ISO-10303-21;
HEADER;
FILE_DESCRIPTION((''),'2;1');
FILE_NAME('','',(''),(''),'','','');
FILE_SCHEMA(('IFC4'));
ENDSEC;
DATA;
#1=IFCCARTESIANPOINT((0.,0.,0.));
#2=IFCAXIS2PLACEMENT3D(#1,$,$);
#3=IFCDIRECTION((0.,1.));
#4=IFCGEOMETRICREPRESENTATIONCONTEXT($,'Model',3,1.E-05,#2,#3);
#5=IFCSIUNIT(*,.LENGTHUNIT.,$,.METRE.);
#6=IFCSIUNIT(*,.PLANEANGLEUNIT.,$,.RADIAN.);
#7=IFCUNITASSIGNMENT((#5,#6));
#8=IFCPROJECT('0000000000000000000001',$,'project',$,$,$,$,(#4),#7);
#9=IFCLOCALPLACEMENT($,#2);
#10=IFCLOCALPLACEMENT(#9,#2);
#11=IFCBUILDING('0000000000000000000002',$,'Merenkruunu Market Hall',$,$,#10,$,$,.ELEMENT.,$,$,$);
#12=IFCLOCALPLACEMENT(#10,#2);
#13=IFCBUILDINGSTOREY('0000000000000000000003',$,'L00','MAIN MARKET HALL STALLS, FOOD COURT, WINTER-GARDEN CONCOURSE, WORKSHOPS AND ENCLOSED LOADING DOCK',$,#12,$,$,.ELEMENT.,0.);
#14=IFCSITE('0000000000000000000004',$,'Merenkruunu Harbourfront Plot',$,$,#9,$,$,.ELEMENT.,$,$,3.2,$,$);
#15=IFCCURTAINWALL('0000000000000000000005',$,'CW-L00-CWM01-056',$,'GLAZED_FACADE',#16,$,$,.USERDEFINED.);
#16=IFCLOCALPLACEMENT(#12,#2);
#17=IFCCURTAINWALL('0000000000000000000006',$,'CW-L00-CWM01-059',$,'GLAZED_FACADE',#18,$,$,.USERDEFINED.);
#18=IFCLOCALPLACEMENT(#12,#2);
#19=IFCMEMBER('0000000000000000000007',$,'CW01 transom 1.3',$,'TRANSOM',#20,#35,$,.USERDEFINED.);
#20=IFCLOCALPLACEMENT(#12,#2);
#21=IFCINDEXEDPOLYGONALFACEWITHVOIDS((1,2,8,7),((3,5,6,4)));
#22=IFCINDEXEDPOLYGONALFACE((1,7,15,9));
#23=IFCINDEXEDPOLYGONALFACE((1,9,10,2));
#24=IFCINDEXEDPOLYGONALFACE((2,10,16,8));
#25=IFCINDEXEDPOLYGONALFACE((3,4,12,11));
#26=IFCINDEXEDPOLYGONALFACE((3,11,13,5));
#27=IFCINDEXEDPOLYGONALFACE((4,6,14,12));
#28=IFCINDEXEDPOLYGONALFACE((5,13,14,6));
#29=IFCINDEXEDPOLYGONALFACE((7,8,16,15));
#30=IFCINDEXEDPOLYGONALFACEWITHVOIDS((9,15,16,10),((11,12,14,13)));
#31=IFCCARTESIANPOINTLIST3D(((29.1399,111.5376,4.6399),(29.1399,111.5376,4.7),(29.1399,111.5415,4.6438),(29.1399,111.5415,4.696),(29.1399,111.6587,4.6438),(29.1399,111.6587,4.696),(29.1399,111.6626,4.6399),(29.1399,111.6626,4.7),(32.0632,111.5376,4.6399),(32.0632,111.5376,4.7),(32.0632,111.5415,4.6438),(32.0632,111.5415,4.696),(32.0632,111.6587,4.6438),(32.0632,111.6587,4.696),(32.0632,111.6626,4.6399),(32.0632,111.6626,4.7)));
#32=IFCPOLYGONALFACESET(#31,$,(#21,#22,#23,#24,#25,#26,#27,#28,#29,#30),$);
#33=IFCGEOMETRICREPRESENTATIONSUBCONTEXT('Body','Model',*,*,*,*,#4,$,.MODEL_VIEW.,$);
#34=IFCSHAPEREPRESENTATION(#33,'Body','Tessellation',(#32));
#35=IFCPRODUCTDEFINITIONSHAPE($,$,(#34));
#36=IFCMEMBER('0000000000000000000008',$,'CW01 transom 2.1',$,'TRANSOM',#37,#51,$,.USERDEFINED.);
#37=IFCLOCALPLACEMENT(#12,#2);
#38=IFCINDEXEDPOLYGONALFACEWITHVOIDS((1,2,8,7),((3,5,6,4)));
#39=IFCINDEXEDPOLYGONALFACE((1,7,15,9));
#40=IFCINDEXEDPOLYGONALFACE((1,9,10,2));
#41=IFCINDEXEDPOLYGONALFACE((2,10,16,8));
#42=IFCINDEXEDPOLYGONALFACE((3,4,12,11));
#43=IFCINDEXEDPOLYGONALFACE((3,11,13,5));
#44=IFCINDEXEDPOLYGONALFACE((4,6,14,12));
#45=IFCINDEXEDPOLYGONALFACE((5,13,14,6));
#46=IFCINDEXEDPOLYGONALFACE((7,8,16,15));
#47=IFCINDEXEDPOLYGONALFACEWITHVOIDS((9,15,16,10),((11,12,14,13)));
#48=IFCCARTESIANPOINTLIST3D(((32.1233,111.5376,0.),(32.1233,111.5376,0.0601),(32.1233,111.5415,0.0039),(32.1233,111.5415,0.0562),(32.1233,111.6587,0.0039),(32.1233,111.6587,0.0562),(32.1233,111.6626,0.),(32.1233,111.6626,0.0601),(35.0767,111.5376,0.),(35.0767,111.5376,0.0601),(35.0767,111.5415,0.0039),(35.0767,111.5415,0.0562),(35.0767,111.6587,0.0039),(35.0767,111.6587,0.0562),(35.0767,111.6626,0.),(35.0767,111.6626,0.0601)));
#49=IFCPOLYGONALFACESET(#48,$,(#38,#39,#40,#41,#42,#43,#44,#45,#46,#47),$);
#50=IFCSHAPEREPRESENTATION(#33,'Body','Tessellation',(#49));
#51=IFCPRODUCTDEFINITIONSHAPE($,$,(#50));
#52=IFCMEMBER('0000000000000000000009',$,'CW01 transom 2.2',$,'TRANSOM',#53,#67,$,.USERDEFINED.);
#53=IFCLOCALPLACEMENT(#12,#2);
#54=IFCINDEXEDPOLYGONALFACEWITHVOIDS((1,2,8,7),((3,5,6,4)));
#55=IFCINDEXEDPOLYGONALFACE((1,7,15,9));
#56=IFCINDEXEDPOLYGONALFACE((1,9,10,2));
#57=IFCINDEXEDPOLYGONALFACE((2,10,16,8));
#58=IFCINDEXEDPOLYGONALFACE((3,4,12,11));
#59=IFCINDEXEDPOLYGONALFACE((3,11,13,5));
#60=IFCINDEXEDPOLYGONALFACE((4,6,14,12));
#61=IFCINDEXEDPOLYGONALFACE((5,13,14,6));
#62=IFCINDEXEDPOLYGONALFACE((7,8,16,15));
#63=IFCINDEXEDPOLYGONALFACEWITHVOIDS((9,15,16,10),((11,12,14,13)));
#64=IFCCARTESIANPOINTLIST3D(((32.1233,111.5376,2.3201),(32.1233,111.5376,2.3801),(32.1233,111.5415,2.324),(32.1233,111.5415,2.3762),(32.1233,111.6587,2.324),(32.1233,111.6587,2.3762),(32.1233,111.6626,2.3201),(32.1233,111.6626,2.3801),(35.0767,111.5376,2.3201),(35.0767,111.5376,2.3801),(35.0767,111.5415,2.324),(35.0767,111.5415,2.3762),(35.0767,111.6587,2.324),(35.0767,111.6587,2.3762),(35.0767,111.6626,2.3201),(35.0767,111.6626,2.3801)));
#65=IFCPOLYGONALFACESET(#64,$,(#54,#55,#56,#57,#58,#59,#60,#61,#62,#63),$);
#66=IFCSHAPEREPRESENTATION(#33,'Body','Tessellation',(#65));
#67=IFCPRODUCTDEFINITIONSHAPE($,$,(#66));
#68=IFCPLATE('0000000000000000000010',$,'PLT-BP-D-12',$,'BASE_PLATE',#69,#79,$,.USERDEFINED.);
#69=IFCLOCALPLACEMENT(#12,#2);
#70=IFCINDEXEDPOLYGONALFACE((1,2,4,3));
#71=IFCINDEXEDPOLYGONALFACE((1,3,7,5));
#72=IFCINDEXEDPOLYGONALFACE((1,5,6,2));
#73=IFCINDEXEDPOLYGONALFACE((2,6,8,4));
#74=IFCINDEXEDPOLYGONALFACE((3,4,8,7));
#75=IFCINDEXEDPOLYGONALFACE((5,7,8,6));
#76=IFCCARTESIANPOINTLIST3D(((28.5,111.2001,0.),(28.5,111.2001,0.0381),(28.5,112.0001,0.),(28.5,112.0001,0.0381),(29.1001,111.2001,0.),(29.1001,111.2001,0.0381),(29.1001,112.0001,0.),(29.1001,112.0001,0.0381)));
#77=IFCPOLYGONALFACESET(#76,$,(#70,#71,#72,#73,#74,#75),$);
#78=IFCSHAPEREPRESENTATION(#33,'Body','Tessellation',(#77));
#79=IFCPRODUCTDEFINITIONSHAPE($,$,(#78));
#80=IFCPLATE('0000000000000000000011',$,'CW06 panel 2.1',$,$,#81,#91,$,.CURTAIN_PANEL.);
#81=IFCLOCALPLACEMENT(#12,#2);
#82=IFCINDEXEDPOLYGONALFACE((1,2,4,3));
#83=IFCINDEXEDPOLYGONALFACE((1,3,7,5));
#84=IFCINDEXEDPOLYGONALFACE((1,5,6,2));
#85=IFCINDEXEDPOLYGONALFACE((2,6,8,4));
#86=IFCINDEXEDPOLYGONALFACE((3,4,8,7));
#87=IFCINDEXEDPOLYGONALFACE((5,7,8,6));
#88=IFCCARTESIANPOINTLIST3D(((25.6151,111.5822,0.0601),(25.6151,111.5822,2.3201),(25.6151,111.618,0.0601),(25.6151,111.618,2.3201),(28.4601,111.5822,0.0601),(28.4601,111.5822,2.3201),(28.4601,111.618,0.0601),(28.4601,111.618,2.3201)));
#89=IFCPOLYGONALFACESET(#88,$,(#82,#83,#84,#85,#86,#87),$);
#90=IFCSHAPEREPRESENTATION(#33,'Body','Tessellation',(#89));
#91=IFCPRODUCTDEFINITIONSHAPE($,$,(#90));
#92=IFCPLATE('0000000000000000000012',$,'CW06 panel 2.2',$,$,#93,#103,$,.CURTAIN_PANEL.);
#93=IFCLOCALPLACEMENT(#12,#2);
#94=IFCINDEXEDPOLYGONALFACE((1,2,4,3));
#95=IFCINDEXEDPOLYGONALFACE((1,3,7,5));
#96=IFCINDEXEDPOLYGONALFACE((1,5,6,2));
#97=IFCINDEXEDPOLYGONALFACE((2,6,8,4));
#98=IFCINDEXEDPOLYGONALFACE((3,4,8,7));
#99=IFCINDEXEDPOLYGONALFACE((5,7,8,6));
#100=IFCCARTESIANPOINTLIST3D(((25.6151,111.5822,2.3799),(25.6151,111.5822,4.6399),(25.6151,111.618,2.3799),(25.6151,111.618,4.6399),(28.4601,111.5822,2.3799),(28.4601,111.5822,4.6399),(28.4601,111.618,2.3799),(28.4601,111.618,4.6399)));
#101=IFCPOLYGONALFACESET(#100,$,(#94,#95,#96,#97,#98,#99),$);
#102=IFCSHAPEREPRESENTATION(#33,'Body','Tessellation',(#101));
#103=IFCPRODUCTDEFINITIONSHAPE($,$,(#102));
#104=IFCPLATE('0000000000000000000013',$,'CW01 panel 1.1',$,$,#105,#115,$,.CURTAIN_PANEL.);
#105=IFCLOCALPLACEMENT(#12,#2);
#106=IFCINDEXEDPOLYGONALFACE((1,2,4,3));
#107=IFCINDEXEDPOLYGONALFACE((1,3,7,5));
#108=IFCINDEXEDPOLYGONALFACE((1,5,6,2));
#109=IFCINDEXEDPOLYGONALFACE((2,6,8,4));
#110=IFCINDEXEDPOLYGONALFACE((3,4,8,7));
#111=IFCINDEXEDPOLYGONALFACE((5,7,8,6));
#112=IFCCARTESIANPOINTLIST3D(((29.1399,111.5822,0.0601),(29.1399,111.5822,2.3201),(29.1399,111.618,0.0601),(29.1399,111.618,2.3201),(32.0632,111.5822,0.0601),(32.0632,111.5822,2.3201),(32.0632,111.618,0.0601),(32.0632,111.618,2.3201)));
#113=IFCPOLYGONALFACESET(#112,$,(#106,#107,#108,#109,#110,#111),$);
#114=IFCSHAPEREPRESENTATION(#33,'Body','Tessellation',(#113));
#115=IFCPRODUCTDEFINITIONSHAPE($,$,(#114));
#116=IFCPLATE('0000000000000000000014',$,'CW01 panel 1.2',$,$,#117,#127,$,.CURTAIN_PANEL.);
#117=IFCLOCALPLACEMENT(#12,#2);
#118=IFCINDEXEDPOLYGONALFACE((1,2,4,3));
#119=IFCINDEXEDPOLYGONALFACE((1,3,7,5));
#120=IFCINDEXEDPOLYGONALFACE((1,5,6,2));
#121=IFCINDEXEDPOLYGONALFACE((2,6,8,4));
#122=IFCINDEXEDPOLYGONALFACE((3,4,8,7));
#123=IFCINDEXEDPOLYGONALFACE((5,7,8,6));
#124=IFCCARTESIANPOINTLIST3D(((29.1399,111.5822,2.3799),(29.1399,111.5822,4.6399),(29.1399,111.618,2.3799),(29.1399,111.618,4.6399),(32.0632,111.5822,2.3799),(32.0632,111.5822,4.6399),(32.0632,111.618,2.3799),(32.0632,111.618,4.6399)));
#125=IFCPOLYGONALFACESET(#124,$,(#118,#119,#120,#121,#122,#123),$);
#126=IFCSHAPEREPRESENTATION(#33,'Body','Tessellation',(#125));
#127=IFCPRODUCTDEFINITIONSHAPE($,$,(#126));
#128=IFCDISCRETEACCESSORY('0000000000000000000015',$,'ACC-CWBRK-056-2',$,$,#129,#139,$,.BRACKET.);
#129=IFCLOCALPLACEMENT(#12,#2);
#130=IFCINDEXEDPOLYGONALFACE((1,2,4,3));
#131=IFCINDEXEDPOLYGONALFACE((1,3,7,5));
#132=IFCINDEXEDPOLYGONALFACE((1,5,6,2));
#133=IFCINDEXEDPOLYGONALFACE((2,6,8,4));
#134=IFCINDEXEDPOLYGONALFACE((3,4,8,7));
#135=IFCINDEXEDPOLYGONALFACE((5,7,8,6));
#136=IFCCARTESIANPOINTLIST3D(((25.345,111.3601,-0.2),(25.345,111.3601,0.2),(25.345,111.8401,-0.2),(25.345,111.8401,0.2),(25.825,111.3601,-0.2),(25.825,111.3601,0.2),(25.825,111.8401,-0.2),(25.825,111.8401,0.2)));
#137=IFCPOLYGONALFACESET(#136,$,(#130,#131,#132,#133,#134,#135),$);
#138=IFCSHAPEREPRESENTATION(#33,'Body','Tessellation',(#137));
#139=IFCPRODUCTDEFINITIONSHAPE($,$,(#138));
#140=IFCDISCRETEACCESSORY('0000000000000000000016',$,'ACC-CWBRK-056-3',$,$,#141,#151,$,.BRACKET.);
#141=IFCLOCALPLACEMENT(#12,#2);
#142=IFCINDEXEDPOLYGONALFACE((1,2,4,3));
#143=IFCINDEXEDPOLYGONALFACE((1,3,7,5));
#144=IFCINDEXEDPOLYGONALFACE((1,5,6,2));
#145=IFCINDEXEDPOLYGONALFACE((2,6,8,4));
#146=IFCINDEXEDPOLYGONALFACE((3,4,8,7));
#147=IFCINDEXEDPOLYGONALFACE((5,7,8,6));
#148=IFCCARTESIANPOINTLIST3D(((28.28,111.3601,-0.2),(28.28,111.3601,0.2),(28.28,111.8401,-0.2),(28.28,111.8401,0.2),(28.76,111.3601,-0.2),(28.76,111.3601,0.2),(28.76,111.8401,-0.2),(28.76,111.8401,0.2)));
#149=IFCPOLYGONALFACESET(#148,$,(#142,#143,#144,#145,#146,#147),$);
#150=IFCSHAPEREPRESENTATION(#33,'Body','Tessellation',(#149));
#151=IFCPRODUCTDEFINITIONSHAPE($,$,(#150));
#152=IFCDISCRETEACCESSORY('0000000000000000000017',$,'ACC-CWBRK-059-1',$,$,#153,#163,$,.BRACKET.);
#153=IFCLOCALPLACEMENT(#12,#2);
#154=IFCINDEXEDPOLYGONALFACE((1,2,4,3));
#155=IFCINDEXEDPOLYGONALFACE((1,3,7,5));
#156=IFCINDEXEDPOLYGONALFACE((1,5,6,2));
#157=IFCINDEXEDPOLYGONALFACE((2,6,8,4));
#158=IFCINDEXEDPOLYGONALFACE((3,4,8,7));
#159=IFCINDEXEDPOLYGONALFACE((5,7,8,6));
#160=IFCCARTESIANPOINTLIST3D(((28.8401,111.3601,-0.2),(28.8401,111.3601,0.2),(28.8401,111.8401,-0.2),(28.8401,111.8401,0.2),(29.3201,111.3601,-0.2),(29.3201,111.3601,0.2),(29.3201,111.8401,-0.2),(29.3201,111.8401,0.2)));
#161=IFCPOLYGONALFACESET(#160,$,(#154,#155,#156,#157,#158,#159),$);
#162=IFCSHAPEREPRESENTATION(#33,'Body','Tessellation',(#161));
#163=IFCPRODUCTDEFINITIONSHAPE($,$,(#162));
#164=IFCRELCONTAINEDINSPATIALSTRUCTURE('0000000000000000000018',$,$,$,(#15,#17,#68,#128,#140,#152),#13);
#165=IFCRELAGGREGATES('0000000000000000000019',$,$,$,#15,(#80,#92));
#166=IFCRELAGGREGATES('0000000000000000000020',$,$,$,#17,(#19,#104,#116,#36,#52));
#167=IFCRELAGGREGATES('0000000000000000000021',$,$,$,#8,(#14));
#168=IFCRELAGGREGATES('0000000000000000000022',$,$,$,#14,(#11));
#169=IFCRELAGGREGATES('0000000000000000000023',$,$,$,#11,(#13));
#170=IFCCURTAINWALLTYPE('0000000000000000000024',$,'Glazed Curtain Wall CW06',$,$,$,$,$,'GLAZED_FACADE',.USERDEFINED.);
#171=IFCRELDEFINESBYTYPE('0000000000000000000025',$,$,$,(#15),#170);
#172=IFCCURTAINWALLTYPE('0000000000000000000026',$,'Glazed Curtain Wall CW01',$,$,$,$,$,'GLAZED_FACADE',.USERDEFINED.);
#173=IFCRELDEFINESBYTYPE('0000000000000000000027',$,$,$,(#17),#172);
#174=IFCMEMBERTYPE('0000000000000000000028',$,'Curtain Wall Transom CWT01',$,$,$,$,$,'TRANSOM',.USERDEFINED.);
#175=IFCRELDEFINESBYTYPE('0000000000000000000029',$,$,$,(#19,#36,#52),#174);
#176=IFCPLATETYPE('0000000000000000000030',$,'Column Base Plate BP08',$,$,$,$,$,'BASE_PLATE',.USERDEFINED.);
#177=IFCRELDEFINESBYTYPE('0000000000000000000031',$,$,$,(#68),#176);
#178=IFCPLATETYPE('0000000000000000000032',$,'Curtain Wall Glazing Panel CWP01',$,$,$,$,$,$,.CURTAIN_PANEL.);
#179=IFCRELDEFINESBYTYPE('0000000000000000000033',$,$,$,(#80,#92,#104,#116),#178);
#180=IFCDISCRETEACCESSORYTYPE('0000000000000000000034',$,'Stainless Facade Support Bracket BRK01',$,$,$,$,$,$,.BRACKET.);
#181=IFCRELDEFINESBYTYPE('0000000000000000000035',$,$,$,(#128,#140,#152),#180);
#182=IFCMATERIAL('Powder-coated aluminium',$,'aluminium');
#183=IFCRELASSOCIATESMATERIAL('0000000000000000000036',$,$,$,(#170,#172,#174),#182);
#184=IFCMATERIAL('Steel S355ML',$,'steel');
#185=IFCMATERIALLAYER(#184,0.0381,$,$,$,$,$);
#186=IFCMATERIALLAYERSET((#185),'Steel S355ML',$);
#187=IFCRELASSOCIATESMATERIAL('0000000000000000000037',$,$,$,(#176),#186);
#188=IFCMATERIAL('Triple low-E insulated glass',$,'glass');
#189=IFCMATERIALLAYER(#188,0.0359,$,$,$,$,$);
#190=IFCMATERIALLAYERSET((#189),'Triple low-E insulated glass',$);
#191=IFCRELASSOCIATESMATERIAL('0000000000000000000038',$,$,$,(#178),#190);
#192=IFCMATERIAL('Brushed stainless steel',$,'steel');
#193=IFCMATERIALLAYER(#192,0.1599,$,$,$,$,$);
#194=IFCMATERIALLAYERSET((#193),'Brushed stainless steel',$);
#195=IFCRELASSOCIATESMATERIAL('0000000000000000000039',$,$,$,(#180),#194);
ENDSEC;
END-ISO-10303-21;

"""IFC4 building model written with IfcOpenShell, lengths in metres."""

from ifc_helpers import new_model, si_unit, direction, frame, origin, origin_2d, place, context, subcontext, project, spatial, rectangle, hollow_rectangle, extrude, material, layer, layer_set, material_profile, profile_set, type_object, element, aggregate, save


model = new_model("IFC4")

# Units and contexts
model_context = context("Model", 3, precision=1e-05, world=origin(), true_north=direction((0.0, 1.0)))
body_context = subcontext(model_context, "Body", "Model", "MODEL_VIEW")
ifc_project = project(units=[si_unit("LENGTHUNIT", "METRE"), si_unit("PLANEANGLEUNIT", "RADIAN")], contexts=[model_context])

# Site, building, storey
site_placement = place(None, origin())
site = spatial("IfcSite", under=ifc_project, at=site_placement, Name="Merenkruunu Harbourfront Plot", CompositionType="ELEMENT", RefElevation=3.2)
building_placement = place(site_placement, origin())
building = spatial("IfcBuilding", under=site, at=building_placement, Name="Merenkruunu Market Hall", CompositionType="ELEMENT")
storey_placement = place(building_placement, origin())
storey = spatial("IfcBuildingStorey", under=building, at=storey_placement, Name="L00", Description="MAIN MARKET HALL STALLS, FOOD COURT, WINTER-GARDEN CONCOURSE, WORKSHOPS AND ENCLOSED LOADING DOCK", CompositionType="ELEMENT", Elevation=0.0)

# Curtain wall
ifc_material_1 = material(Name="Powder-coated aluminium", Category="aluminium")
curtain_wall_type_1 = type_object("IfcCurtainWallType", Name="Glazed Curtain Wall CW06", ElementType="GLAZED_FACADE", PredefinedType="USERDEFINED", material=ifc_material_1)
curtain_wall_1_placement = place(storey_placement, origin())
curtain_wall_1 = element("IfcCurtainWall", 1, at=curtain_wall_1_placement, inside=storey, type_object=curtain_wall_type_1, Name="CW-L00-CWM01-056", ObjectType="GLAZED_FACADE", PredefinedType="USERDEFINED")

# Curtain wall
curtain_wall_type_2 = type_object("IfcCurtainWallType", Name="Glazed Curtain Wall CW01", ElementType="GLAZED_FACADE", PredefinedType="USERDEFINED", material=ifc_material_1)
curtain_wall_2_placement = place(storey_placement, origin())
curtain_wall_2 = element("IfcCurtainWall", 2, at=curtain_wall_2_placement, inside=storey, type_object=curtain_wall_type_2, Name="CW-L00-CWM01-059", ObjectType="GLAZED_FACADE", PredefinedType="USERDEFINED")

# Members
ifc_material_profile_1 = material_profile(ifc_material_1, hollow_rectangle(XDim=0.0601, YDim=0.125, WallThickness=0.0039, at=origin_2d()), Name="ALU 60x125x4")
ifc_profile_set_1 = profile_set([ifc_material_profile_1], Name="Powder-coated aluminium")
member_type_1 = type_object("IfcMemberType", Name="Curtain Wall Transom CWT01", ElementType="TRANSOM", PredefinedType="USERDEFINED", material=ifc_profile_set_1)
member_1_placement = place(storey_placement, frame((29.1399, 111.6001, 4.6699), z_axis=(1.0, 0.0, 0.0), x_axis=(0.0, 0.0, 1.0)))
member_1 = element("IfcMember", 3, at=member_1_placement, type_object=member_type_1, Name="CW01 transom 1.3", ObjectType="TRANSOM", PredefinedType="USERDEFINED", context=body_context, shape_type="SweptSolid", body=[
    extrude(hollow_rectangle(XDim=0.0601, YDim=0.125, WallThickness=0.0039, at=origin_2d()), origin(), (0.0, 0.0, 1.0), 2.9233),
])
member_2_placement = place(storey_placement, frame((32.1233, 111.6001, 0.03), z_axis=(1.0, 0.0, 0.0), x_axis=(0.0, 0.0, 1.0)))
member_2 = element("IfcMember", 4, at=member_2_placement, type_object=member_type_1, Name="CW01 transom 2.1", ObjectType="TRANSOM", PredefinedType="USERDEFINED", context=body_context, shape_type="SweptSolid", body=[
    extrude(hollow_rectangle(XDim=0.0601, YDim=0.125, WallThickness=0.0039, at=origin_2d()), origin(), (0.0, 0.0, 1.0), 2.9534),
])
member_3_placement = place(storey_placement, frame((32.1233, 111.6001, 2.3501), z_axis=(1.0, 0.0, 0.0), x_axis=(0.0, 0.0, 1.0)))
member_3 = element("IfcMember", 5, at=member_3_placement, type_object=member_type_1, Name="CW01 transom 2.2", ObjectType="TRANSOM", PredefinedType="USERDEFINED", context=body_context, shape_type="SweptSolid", body=[
    extrude(hollow_rectangle(XDim=0.0601, YDim=0.125, WallThickness=0.0039, at=origin_2d()), origin(), (0.0, 0.0, 1.0), 2.9534),
])

# Plates
ifc_material_2 = material(Name="Steel S355ML", Category="steel")
ifc_layer_1 = layer(ifc_material_2, 0.0381)
ifc_layer_set_1 = layer_set([ifc_layer_1], Name="Steel S355ML")
plate_type_1 = type_object("IfcPlateType", Name="Column Base Plate BP08", ElementType="BASE_PLATE", PredefinedType="USERDEFINED", material=ifc_layer_set_1)
plate_1_placement = place(storey_placement, frame((28.8, 111.6001, 0.0), z_axis=(0.0, 0.0, 1.0), x_axis=(1.0, 0.0, 0.0)))
element("IfcPlate", 6, at=plate_1_placement, inside=storey, type_object=plate_type_1, Name="PLT-BP-D-12", ObjectType="BASE_PLATE", PredefinedType="USERDEFINED", context=body_context, shape_type="SweptSolid", body=[
    extrude(rectangle(XDim=0.6001, YDim=0.8, at=origin_2d()), origin(), (0.0, 0.0, 1.0), 0.0381),
])
ifc_material_3 = material(Name="Triple low-E insulated glass", Category="glass")
ifc_layer_2 = layer(ifc_material_3, 0.0359)
ifc_layer_set_2 = layer_set([ifc_layer_2], Name="Triple low-E insulated glass")
plate_type_2 = type_object("IfcPlateType", Name="Curtain Wall Glazing Panel CWP01", PredefinedType="CURTAIN_PANEL", material=ifc_layer_set_2)
plate_2_placement = place(storey_placement, frame((27.0376, 111.6001, 0.0601), z_axis=(0.0, 0.0, 1.0), x_axis=(1.0, 0.0, 0.0)))
plate_2 = element("IfcPlate", 7, at=plate_2_placement, type_object=plate_type_2, Name="CW06 panel 2.1", PredefinedType="CURTAIN_PANEL", context=body_context, shape_type="SweptSolid", body=[
    extrude(rectangle(XDim=2.845, YDim=0.0359, at=origin_2d()), origin(), (0.0, 0.0, 1.0), 2.26),
])
plate_3_placement = place(storey_placement, frame((27.0376, 111.6001, 2.3799), z_axis=(0.0, 0.0, 1.0), x_axis=(1.0, 0.0, 0.0)))
plate_3 = element("IfcPlate", 8, at=plate_3_placement, type_object=plate_type_2, Name="CW06 panel 2.2", PredefinedType="CURTAIN_PANEL", context=body_context, shape_type="SweptSolid", body=[
    extrude(rectangle(XDim=2.845, YDim=0.0359, at=origin_2d()), origin(), (0.0, 0.0, 1.0), 2.26),
])
aggregate(curtain_wall_1, [plate_2, plate_3])
plate_4_placement = place(storey_placement, frame((30.6016, 111.6001, 0.0601), z_axis=(0.0, 0.0, 1.0), x_axis=(1.0, 0.0, 0.0)))
plate_4 = element("IfcPlate", 9, at=plate_4_placement, type_object=plate_type_2, Name="CW01 panel 1.1", PredefinedType="CURTAIN_PANEL", context=body_context, shape_type="SweptSolid", body=[
    extrude(rectangle(XDim=2.9233, YDim=0.0359, at=origin_2d()), origin(), (0.0, 0.0, 1.0), 2.26),
])
plate_5_placement = place(storey_placement, frame((30.6016, 111.6001, 2.3799), z_axis=(0.0, 0.0, 1.0), x_axis=(1.0, 0.0, 0.0)))
plate_5 = element("IfcPlate", 10, at=plate_5_placement, type_object=plate_type_2, Name="CW01 panel 1.2", PredefinedType="CURTAIN_PANEL", context=body_context, shape_type="SweptSolid", body=[
    extrude(rectangle(XDim=2.9233, YDim=0.0359, at=origin_2d()), origin(), (0.0, 0.0, 1.0), 2.26),
])
aggregate(curtain_wall_2, [member_1, plate_4, plate_5, member_2, member_3])

# Discrete accessories
ifc_material_4 = material(Name="Brushed stainless steel", Category="steel")
ifc_layer_3 = layer(ifc_material_4, 0.1599)
ifc_layer_set_3 = layer_set([ifc_layer_3], Name="Brushed stainless steel")
discrete_accessory_type = type_object("IfcDiscreteAccessoryType", Name="Stainless Facade Support Bracket BRK01", PredefinedType="BRACKET", material=ifc_layer_set_3)
for number, where, z_axis, x_axis, name in (
    (11, (25.585, 111.6001, -0.2), (0.0, 0.0, 1.0), (1.0, 0.0, 0.0), "ACC-CWBRK-056-2"),
    (12, (28.52, 111.6001, -0.2), (0.0, 0.0, 1.0), (1.0, 0.0, 0.0), "ACC-CWBRK-056-3"),
    (13, (29.0801, 111.6001, -0.2), (0.0, 0.0, 1.0), (1.0, 0.0, 0.0), "ACC-CWBRK-059-1"),
):
    element("IfcDiscreteAccessory", number, at=place(storey_placement, frame(where, z_axis=z_axis, x_axis=x_axis)), inside=storey, type_object=discrete_accessory_type, Name=name, PredefinedType="BRACKET", context=body_context, shape_type="SweptSolid", body=[
        extrude(rectangle(XDim=0.48, YDim=0.48, at=origin_2d()), origin(), (0.0, 0.0, 1.0), 0.3999),
    ])

save(model, "model.ifc")
